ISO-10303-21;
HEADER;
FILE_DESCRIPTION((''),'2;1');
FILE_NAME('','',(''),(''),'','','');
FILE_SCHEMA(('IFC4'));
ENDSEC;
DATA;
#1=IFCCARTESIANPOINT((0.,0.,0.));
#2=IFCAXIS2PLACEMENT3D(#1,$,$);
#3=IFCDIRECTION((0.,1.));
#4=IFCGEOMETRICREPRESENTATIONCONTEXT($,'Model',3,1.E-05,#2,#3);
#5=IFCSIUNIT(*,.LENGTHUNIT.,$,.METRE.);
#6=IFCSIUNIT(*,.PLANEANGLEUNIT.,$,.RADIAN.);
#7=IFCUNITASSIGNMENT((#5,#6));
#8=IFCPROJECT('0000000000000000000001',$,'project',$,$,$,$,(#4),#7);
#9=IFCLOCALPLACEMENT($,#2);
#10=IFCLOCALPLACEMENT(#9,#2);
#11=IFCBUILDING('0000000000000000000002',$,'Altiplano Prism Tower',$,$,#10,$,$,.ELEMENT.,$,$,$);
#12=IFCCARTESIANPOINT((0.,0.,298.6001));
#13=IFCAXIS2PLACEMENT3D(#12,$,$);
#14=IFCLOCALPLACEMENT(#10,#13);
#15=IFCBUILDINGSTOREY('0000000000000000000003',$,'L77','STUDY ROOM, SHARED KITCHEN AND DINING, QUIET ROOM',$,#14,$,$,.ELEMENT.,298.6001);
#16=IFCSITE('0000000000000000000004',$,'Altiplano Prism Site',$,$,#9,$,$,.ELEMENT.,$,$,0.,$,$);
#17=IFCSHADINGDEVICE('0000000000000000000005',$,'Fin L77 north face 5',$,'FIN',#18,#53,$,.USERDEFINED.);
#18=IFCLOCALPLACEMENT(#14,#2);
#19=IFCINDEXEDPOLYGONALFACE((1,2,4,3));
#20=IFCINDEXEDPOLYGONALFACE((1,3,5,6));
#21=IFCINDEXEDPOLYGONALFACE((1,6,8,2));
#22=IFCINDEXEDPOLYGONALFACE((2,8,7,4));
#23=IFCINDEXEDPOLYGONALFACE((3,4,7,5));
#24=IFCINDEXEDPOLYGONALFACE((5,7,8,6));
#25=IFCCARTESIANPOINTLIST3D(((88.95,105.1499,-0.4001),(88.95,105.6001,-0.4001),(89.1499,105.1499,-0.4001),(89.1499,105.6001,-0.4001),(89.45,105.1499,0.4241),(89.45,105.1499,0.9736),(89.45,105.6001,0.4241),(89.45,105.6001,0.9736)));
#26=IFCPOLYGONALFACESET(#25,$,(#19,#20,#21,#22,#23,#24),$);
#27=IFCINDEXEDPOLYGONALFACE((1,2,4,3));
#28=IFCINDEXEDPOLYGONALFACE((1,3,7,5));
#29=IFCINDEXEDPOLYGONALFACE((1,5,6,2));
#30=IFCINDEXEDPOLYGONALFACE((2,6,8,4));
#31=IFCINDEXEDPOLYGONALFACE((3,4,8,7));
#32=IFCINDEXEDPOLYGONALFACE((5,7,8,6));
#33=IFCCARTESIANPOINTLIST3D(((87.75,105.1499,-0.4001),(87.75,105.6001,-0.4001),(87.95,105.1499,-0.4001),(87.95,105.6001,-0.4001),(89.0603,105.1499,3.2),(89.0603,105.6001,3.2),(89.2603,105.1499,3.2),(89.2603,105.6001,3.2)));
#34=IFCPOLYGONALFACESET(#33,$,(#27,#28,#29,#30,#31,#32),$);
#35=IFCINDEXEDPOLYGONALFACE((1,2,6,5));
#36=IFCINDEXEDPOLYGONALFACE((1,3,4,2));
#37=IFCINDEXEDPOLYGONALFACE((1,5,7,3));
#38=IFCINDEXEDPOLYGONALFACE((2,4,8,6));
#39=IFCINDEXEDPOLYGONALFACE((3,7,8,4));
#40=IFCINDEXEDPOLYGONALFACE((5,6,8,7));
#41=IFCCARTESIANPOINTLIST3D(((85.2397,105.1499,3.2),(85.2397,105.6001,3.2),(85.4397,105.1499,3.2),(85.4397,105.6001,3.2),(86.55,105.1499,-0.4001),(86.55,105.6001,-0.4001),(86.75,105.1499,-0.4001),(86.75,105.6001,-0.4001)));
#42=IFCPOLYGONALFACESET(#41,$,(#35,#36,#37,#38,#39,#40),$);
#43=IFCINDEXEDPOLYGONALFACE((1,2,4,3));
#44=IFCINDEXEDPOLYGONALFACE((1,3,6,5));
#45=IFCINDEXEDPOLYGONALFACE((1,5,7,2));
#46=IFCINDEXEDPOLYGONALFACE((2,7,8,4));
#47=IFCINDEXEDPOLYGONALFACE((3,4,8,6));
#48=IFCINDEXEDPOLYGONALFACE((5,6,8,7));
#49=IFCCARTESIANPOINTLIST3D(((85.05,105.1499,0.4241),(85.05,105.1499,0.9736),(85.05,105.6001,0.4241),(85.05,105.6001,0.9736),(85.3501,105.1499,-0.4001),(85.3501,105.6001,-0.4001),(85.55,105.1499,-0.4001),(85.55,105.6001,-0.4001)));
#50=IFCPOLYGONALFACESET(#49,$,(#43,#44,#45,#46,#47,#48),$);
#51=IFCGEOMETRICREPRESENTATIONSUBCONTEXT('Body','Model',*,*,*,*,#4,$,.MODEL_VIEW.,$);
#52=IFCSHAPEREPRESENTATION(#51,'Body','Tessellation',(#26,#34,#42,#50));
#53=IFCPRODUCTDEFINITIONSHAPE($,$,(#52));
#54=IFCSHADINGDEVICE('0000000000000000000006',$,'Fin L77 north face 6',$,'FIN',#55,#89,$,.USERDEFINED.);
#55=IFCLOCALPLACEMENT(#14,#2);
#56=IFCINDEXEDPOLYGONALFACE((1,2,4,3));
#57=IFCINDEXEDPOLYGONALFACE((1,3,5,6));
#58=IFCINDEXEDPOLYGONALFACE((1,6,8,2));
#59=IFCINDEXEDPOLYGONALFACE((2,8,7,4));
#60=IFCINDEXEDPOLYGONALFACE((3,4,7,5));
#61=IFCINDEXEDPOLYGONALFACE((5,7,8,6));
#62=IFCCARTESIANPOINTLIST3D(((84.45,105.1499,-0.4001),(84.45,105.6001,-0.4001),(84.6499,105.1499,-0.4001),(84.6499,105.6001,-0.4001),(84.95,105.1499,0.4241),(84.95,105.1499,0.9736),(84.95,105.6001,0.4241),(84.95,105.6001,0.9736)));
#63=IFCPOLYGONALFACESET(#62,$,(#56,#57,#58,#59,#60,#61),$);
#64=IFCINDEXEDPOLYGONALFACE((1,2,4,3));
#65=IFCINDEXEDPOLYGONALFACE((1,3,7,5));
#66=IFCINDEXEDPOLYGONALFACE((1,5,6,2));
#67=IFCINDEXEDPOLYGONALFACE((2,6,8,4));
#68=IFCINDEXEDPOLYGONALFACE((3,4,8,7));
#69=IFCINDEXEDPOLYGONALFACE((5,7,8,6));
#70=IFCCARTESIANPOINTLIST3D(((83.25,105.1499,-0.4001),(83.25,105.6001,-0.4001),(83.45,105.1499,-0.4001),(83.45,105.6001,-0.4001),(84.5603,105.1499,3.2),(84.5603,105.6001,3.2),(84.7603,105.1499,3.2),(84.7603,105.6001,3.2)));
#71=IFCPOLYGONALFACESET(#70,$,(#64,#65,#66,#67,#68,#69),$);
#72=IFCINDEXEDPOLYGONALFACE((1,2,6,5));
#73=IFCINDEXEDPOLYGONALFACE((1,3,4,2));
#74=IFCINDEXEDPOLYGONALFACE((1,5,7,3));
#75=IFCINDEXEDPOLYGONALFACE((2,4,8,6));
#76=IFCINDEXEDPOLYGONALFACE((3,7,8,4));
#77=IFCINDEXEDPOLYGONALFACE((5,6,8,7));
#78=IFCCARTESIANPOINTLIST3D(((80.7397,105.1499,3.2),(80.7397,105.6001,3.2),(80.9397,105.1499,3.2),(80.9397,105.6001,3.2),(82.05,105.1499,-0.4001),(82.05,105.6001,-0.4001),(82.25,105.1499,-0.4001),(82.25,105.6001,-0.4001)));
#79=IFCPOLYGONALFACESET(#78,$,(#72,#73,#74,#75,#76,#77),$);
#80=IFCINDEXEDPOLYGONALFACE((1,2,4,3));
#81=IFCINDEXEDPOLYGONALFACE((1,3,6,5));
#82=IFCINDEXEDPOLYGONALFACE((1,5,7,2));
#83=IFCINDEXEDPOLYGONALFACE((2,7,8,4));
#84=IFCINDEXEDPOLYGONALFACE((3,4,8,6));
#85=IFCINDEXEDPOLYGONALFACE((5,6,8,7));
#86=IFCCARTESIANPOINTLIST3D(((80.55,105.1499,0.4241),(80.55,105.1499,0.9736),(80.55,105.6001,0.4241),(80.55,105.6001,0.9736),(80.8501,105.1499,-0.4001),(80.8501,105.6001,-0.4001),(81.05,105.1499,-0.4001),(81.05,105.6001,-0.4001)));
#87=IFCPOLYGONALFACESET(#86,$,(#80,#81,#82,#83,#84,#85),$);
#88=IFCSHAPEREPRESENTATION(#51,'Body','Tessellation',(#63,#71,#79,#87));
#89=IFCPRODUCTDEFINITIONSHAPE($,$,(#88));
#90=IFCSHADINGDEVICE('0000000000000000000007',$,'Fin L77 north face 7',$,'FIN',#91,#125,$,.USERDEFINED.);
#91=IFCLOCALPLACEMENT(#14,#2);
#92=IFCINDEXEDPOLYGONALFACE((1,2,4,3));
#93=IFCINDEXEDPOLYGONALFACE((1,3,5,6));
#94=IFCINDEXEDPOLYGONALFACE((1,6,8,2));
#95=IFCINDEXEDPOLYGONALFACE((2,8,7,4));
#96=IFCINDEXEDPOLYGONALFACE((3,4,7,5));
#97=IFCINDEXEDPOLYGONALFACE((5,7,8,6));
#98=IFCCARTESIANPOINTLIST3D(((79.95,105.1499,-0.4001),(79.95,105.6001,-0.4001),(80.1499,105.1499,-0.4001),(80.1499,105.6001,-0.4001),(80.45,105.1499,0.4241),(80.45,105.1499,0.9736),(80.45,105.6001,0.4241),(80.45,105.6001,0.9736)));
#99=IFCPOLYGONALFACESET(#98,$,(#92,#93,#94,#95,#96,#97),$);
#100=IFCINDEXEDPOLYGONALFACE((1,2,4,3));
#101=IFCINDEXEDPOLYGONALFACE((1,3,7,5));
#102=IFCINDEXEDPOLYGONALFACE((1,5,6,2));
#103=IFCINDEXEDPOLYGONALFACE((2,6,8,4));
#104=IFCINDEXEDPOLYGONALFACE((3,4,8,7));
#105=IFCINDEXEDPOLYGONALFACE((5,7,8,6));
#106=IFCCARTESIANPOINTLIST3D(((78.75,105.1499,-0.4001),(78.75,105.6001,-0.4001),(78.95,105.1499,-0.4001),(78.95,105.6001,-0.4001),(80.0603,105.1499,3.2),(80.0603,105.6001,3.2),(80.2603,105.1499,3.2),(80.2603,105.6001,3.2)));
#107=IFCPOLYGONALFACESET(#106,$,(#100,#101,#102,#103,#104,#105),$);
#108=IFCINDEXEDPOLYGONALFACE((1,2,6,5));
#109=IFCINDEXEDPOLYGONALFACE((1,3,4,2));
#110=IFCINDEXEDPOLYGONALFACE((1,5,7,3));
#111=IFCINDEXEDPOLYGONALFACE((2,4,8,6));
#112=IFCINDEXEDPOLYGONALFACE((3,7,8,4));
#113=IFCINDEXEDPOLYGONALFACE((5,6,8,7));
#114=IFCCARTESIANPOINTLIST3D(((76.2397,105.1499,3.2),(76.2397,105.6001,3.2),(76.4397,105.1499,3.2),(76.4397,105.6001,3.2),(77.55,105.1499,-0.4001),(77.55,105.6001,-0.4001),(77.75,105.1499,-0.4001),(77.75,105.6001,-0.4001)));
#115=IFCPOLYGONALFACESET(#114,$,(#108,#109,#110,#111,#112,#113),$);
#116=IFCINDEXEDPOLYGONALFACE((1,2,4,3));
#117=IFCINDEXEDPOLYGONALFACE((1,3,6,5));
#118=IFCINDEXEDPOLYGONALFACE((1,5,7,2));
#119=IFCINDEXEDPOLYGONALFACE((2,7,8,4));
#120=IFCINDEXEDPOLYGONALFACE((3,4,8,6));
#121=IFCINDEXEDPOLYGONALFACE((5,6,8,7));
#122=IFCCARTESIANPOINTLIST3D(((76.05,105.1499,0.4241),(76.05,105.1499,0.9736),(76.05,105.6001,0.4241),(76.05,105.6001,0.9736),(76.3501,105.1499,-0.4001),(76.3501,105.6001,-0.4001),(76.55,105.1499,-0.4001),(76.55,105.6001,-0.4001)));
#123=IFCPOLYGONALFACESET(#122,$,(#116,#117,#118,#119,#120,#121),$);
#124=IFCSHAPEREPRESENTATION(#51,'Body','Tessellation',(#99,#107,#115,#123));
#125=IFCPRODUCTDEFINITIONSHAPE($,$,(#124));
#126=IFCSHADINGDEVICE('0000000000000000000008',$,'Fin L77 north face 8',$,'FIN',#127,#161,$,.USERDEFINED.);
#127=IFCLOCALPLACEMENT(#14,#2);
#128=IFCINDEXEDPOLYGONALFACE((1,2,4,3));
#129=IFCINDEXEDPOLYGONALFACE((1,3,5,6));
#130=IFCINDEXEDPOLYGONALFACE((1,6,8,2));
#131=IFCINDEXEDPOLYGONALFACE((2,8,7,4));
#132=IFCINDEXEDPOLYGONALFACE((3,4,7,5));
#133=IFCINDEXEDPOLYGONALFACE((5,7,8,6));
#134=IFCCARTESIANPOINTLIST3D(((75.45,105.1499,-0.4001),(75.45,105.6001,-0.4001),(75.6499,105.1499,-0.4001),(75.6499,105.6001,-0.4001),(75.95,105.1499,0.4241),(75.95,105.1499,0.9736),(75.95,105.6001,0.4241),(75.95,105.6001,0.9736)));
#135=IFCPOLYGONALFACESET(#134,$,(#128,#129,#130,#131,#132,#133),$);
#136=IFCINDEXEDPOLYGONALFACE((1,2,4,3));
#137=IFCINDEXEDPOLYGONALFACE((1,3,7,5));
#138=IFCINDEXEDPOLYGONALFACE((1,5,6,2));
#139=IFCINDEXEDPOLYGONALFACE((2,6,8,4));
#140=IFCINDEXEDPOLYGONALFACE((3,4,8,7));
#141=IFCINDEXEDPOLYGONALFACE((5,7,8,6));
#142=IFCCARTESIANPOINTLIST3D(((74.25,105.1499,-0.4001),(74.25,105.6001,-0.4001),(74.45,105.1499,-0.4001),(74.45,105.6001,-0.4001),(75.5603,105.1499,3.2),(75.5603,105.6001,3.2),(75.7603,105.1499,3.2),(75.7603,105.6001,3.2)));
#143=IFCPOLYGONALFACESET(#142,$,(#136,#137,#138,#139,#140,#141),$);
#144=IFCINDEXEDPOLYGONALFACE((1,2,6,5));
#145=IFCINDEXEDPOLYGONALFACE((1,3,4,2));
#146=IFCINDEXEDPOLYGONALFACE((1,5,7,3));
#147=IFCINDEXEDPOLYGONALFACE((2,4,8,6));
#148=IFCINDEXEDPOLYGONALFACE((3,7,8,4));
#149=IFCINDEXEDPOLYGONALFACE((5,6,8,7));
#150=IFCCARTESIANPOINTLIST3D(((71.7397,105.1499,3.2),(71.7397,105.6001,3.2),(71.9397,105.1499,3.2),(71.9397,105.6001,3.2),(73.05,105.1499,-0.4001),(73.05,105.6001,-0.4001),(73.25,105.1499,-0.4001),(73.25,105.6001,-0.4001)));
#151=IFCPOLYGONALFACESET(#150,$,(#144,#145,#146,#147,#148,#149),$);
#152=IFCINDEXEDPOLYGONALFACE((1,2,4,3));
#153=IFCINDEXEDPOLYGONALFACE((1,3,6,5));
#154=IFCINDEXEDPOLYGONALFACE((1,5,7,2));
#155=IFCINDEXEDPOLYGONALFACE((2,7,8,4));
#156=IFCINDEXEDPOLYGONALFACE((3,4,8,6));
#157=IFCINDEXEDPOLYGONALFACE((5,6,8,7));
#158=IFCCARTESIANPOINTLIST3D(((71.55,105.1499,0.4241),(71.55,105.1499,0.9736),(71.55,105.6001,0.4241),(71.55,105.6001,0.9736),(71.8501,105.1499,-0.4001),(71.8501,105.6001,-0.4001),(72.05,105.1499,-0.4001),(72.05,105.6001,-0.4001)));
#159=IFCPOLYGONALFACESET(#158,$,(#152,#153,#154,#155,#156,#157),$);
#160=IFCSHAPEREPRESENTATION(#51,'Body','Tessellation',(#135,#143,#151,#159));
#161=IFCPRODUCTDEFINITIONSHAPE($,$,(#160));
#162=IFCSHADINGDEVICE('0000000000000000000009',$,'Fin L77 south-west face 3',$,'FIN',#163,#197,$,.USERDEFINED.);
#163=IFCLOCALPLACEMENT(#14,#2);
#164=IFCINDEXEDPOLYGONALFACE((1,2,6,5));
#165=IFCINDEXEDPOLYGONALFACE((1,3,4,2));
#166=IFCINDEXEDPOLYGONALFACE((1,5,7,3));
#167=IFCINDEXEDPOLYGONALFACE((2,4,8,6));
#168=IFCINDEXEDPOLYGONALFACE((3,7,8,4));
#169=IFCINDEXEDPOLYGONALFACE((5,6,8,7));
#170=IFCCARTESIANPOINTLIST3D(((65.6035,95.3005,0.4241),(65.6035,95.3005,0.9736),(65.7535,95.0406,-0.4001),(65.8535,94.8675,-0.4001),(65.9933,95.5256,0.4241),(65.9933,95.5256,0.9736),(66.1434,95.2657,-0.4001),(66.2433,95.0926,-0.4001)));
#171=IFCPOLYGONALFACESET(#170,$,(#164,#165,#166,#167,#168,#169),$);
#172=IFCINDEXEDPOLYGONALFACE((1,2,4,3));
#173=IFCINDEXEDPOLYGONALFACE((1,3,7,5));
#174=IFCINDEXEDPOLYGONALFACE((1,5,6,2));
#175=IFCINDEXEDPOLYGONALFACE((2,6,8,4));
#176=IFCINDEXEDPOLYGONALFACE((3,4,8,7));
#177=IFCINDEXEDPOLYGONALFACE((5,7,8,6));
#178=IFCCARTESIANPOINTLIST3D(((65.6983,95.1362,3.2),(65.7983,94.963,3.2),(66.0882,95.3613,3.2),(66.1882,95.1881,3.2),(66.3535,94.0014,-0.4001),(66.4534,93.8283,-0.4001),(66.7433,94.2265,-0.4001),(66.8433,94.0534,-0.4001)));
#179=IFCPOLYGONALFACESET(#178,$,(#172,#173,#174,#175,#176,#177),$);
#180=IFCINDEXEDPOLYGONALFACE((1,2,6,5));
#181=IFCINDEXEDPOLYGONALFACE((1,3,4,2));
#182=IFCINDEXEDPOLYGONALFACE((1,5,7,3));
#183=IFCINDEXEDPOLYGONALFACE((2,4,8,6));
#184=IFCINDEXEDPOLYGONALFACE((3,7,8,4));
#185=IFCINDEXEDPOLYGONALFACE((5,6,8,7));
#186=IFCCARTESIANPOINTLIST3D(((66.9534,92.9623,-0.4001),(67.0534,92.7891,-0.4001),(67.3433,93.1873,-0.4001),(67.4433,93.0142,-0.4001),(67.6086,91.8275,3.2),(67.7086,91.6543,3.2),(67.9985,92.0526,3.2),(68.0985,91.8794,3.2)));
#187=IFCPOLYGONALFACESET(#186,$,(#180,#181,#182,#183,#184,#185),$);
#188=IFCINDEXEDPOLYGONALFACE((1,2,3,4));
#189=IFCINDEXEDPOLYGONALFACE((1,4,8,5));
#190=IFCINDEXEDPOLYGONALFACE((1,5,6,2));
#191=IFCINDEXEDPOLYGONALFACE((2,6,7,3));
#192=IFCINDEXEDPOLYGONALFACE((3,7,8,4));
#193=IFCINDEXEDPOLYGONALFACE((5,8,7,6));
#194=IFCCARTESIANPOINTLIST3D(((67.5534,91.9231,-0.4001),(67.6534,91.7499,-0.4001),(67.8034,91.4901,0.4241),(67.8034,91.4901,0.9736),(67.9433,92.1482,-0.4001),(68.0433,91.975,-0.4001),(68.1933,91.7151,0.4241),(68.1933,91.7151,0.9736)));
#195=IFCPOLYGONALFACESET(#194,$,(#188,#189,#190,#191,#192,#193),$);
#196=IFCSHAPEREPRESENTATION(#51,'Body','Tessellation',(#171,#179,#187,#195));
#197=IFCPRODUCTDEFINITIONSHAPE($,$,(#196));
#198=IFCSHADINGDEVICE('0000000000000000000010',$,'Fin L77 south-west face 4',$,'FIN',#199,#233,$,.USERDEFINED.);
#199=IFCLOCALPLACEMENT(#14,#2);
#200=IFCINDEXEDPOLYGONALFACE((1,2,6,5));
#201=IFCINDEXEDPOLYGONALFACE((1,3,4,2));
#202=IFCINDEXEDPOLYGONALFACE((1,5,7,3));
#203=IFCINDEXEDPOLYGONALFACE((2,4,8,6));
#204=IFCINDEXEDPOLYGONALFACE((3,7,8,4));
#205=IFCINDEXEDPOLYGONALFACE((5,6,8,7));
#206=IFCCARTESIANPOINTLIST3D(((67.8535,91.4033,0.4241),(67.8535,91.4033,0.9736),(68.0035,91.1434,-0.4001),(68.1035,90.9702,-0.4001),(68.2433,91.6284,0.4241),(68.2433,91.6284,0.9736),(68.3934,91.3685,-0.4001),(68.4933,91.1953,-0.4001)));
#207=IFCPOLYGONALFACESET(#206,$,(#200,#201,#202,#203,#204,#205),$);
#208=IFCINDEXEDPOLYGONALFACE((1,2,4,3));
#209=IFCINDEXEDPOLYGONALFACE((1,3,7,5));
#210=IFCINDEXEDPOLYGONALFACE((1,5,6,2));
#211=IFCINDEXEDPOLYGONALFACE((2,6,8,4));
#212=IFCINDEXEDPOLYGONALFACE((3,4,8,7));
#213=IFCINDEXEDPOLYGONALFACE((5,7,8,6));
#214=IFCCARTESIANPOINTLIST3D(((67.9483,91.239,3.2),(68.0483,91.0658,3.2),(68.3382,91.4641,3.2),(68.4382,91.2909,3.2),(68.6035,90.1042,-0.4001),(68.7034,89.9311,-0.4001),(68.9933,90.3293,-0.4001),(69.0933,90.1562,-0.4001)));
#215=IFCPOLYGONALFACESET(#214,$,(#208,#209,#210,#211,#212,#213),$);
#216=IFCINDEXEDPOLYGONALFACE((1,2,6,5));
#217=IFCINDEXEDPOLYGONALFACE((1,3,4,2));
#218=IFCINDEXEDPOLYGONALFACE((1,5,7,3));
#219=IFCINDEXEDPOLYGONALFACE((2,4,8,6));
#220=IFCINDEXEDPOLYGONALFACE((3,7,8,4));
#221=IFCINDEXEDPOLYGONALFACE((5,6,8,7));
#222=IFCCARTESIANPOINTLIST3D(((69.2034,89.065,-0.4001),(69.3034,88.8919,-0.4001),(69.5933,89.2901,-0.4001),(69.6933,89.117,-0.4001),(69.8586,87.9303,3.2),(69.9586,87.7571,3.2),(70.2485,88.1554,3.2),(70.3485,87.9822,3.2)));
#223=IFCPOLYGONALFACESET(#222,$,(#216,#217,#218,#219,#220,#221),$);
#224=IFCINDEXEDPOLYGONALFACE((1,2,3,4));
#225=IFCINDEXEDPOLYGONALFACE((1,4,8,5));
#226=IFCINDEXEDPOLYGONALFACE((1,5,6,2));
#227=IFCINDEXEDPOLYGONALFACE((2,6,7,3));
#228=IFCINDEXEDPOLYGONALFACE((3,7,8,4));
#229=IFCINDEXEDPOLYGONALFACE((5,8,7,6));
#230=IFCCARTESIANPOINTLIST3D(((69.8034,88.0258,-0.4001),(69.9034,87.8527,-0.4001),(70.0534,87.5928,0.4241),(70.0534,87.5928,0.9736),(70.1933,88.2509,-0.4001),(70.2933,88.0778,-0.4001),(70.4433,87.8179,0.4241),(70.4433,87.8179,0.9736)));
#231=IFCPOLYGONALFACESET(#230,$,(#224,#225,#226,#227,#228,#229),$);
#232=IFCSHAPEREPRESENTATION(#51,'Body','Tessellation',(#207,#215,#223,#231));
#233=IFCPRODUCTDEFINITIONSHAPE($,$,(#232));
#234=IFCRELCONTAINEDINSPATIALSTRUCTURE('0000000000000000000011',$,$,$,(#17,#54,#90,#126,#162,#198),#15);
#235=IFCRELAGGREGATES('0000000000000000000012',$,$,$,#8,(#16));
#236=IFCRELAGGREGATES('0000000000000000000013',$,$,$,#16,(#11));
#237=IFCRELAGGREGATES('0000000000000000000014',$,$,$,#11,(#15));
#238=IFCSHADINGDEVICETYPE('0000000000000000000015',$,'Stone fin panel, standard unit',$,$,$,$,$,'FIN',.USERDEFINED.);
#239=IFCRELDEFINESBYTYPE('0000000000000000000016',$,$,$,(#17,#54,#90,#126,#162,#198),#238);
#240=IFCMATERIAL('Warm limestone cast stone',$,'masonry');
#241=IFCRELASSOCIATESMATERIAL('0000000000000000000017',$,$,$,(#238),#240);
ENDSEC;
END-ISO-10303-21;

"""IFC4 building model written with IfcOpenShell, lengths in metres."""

from ifc_helpers import new_model, si_unit, direction, frame, origin, place, context, subcontext, project, spatial, polyline, outline, extrude, source, transform, mapped, material, type_object, element, save


model = new_model("IFC4")

# Units and contexts
model_context = context("Model", 3, precision=1e-05, world=origin(), true_north=direction((0.0, 1.0)))
body_context = subcontext(model_context, "Body", "Model", "MODEL_VIEW")
ifc_project = project(units=[si_unit("LENGTHUNIT", "METRE"), si_unit("PLANEANGLEUNIT", "RADIAN")], contexts=[model_context])

# Site, building, storey
site_placement = place(None, origin())
site = spatial("IfcSite", under=ifc_project, at=site_placement, Name="Altiplano Prism Site", CompositionType="ELEMENT", RefElevation=0.0)
building_placement = place(site_placement, origin())
building = spatial("IfcBuilding", under=site, at=building_placement, Name="Altiplano Prism Tower", CompositionType="ELEMENT")
storey_placement = place(building_placement, frame((0.0, 0.0, 298.6001)))
storey = spatial("IfcBuildingStorey", under=building, at=storey_placement, Name="L77", Description="STUDY ROOM, SHARED KITCHEN AND DINING, QUIET ROOM", CompositionType="ELEMENT", Elevation=298.6001)

# Shading devices
ifc_material_1 = material(Name="Warm limestone cast stone", Category="masonry")
shading_device_type_1 = type_object("IfcShadingDeviceType", Name="Stone fin panel, standard unit", ElementType="FIN", PredefinedType="USERDEFINED", material=ifc_material_1)
shared_shape_1 = source(origin(), body_context, "Body", "SweptSolid", [
    extrude(outline(polyline([(-2.2, 1.3738), (-2.2, 0.8242), (-1.8999, 0.0), (-1.7, 0.0), (-2.2, 1.3738)])), frame((0.0, -0.1499, 0.0), z_axis=(0.0, -1.0, 0.0), x_axis=(1.0, 0.0, 0.0)), (0.0, 0.0, 1.0), 0.4502),
    extrude(outline(polyline([(-2.0103, 3.6001), (-0.7, 0.0), (-0.5, 0.0), (-1.8103, 3.6001), (-2.0103, 3.6001)])), frame((0.0, -0.1499, 0.0), z_axis=(0.0, -1.0, 0.0), x_axis=(1.0, 0.0, 0.0)), (0.0, 0.0, 1.0), 0.4502),
    extrude(outline(polyline([(1.8103, 3.6001), (0.5, 0.0), (0.7, 0.0), (2.0103, 3.6001), (1.8103, 3.6001)])), frame((0.0, -0.1499, 0.0), z_axis=(0.0, -1.0, 0.0), x_axis=(1.0, 0.0, 0.0)), (0.0, 0.0, 1.0), 0.4502),
    extrude(outline(polyline([(2.2, 0.8242), (2.2, 1.3738), (1.7, 0.0), (1.8999, 0.0), (2.2, 0.8242)])), frame((0.0, -0.1499, 0.0), z_axis=(0.0, -1.0, 0.0), x_axis=(1.0, 0.0, 0.0)), (0.0, 0.0, 1.0), 0.4502),
])
shading_device_1_placement = place(storey_placement, origin())
element("IfcShadingDevice", 1, at=shading_device_1_placement, inside=storey, type_object=shading_device_type_1, Name="Fin L77 north face 5", ObjectType="FIN", PredefinedType="USERDEFINED", context=body_context, shape_type="MappedRepresentation", body=[
    mapped(shared_shape_1, transform((87.25, 105.0, -0.4001), x_axis=(-1.0, 0.0, 0.0), y_axis=(0.0, -1.0, 0.0), z_axis=(0.0, 0.0, 1.0))),
])
shading_device_2_placement = place(storey_placement, origin())
element("IfcShadingDevice", 2, at=shading_device_2_placement, inside=storey, type_object=shading_device_type_1, Name="Fin L77 north face 6", ObjectType="FIN", PredefinedType="USERDEFINED", context=body_context, shape_type="MappedRepresentation", body=[
    mapped(shared_shape_1, transform((82.75, 105.0, -0.4001), x_axis=(-1.0, 0.0, 0.0), y_axis=(0.0, -1.0, 0.0), z_axis=(0.0, 0.0, 1.0))),
])
shading_device_3_placement = place(storey_placement, origin())
element("IfcShadingDevice", 3, at=shading_device_3_placement, inside=storey, type_object=shading_device_type_1, Name="Fin L77 north face 7", ObjectType="FIN", PredefinedType="USERDEFINED", context=body_context, shape_type="MappedRepresentation", body=[
    mapped(shared_shape_1, transform((78.25, 105.0, -0.4001), x_axis=(-1.0, 0.0, 0.0), y_axis=(0.0, -1.0, 0.0), z_axis=(0.0, 0.0, 1.0))),
])
shading_device_4_placement = place(storey_placement, origin())
element("IfcShadingDevice", 4, at=shading_device_4_placement, inside=storey, type_object=shading_device_type_1, Name="Fin L77 north face 8", ObjectType="FIN", PredefinedType="USERDEFINED", context=body_context, shape_type="MappedRepresentation", body=[
    mapped(shared_shape_1, transform((73.75, 105.0, -0.4001), x_axis=(-1.0, 0.0, 0.0), y_axis=(0.0, -1.0, 0.0), z_axis=(0.0, 0.0, 1.0))),
])
shading_device_5_placement = place(storey_placement, origin())
element("IfcShadingDevice", 5, at=shading_device_5_placement, inside=storey, type_object=shading_device_type_1, Name="Fin L77 south-west face 3", ObjectType="FIN", PredefinedType="USERDEFINED", context=body_context, shape_type="MappedRepresentation", body=[
    mapped(shared_shape_1, transform((67.2231, 93.6953, -0.4001), x_axis=(0.5, -0.866025, 0.0), y_axis=(0.866025, 0.5, 0.0), z_axis=(0.0, 0.0, 1.0))),
])
shading_device_6_placement = place(storey_placement, origin())
element("IfcShadingDevice", 6, at=shading_device_6_placement, inside=storey, type_object=shading_device_type_1, Name="Fin L77 south-west face 4", ObjectType="FIN", PredefinedType="USERDEFINED", context=body_context, shape_type="MappedRepresentation", body=[
    mapped(shared_shape_1, transform((69.4731, 89.7981, -0.4001), x_axis=(0.5, -0.866025, 0.0), y_axis=(0.866025, 0.5, 0.0), z_axis=(0.0, 0.0, 1.0))),
])

save(model, "model.ifc")
